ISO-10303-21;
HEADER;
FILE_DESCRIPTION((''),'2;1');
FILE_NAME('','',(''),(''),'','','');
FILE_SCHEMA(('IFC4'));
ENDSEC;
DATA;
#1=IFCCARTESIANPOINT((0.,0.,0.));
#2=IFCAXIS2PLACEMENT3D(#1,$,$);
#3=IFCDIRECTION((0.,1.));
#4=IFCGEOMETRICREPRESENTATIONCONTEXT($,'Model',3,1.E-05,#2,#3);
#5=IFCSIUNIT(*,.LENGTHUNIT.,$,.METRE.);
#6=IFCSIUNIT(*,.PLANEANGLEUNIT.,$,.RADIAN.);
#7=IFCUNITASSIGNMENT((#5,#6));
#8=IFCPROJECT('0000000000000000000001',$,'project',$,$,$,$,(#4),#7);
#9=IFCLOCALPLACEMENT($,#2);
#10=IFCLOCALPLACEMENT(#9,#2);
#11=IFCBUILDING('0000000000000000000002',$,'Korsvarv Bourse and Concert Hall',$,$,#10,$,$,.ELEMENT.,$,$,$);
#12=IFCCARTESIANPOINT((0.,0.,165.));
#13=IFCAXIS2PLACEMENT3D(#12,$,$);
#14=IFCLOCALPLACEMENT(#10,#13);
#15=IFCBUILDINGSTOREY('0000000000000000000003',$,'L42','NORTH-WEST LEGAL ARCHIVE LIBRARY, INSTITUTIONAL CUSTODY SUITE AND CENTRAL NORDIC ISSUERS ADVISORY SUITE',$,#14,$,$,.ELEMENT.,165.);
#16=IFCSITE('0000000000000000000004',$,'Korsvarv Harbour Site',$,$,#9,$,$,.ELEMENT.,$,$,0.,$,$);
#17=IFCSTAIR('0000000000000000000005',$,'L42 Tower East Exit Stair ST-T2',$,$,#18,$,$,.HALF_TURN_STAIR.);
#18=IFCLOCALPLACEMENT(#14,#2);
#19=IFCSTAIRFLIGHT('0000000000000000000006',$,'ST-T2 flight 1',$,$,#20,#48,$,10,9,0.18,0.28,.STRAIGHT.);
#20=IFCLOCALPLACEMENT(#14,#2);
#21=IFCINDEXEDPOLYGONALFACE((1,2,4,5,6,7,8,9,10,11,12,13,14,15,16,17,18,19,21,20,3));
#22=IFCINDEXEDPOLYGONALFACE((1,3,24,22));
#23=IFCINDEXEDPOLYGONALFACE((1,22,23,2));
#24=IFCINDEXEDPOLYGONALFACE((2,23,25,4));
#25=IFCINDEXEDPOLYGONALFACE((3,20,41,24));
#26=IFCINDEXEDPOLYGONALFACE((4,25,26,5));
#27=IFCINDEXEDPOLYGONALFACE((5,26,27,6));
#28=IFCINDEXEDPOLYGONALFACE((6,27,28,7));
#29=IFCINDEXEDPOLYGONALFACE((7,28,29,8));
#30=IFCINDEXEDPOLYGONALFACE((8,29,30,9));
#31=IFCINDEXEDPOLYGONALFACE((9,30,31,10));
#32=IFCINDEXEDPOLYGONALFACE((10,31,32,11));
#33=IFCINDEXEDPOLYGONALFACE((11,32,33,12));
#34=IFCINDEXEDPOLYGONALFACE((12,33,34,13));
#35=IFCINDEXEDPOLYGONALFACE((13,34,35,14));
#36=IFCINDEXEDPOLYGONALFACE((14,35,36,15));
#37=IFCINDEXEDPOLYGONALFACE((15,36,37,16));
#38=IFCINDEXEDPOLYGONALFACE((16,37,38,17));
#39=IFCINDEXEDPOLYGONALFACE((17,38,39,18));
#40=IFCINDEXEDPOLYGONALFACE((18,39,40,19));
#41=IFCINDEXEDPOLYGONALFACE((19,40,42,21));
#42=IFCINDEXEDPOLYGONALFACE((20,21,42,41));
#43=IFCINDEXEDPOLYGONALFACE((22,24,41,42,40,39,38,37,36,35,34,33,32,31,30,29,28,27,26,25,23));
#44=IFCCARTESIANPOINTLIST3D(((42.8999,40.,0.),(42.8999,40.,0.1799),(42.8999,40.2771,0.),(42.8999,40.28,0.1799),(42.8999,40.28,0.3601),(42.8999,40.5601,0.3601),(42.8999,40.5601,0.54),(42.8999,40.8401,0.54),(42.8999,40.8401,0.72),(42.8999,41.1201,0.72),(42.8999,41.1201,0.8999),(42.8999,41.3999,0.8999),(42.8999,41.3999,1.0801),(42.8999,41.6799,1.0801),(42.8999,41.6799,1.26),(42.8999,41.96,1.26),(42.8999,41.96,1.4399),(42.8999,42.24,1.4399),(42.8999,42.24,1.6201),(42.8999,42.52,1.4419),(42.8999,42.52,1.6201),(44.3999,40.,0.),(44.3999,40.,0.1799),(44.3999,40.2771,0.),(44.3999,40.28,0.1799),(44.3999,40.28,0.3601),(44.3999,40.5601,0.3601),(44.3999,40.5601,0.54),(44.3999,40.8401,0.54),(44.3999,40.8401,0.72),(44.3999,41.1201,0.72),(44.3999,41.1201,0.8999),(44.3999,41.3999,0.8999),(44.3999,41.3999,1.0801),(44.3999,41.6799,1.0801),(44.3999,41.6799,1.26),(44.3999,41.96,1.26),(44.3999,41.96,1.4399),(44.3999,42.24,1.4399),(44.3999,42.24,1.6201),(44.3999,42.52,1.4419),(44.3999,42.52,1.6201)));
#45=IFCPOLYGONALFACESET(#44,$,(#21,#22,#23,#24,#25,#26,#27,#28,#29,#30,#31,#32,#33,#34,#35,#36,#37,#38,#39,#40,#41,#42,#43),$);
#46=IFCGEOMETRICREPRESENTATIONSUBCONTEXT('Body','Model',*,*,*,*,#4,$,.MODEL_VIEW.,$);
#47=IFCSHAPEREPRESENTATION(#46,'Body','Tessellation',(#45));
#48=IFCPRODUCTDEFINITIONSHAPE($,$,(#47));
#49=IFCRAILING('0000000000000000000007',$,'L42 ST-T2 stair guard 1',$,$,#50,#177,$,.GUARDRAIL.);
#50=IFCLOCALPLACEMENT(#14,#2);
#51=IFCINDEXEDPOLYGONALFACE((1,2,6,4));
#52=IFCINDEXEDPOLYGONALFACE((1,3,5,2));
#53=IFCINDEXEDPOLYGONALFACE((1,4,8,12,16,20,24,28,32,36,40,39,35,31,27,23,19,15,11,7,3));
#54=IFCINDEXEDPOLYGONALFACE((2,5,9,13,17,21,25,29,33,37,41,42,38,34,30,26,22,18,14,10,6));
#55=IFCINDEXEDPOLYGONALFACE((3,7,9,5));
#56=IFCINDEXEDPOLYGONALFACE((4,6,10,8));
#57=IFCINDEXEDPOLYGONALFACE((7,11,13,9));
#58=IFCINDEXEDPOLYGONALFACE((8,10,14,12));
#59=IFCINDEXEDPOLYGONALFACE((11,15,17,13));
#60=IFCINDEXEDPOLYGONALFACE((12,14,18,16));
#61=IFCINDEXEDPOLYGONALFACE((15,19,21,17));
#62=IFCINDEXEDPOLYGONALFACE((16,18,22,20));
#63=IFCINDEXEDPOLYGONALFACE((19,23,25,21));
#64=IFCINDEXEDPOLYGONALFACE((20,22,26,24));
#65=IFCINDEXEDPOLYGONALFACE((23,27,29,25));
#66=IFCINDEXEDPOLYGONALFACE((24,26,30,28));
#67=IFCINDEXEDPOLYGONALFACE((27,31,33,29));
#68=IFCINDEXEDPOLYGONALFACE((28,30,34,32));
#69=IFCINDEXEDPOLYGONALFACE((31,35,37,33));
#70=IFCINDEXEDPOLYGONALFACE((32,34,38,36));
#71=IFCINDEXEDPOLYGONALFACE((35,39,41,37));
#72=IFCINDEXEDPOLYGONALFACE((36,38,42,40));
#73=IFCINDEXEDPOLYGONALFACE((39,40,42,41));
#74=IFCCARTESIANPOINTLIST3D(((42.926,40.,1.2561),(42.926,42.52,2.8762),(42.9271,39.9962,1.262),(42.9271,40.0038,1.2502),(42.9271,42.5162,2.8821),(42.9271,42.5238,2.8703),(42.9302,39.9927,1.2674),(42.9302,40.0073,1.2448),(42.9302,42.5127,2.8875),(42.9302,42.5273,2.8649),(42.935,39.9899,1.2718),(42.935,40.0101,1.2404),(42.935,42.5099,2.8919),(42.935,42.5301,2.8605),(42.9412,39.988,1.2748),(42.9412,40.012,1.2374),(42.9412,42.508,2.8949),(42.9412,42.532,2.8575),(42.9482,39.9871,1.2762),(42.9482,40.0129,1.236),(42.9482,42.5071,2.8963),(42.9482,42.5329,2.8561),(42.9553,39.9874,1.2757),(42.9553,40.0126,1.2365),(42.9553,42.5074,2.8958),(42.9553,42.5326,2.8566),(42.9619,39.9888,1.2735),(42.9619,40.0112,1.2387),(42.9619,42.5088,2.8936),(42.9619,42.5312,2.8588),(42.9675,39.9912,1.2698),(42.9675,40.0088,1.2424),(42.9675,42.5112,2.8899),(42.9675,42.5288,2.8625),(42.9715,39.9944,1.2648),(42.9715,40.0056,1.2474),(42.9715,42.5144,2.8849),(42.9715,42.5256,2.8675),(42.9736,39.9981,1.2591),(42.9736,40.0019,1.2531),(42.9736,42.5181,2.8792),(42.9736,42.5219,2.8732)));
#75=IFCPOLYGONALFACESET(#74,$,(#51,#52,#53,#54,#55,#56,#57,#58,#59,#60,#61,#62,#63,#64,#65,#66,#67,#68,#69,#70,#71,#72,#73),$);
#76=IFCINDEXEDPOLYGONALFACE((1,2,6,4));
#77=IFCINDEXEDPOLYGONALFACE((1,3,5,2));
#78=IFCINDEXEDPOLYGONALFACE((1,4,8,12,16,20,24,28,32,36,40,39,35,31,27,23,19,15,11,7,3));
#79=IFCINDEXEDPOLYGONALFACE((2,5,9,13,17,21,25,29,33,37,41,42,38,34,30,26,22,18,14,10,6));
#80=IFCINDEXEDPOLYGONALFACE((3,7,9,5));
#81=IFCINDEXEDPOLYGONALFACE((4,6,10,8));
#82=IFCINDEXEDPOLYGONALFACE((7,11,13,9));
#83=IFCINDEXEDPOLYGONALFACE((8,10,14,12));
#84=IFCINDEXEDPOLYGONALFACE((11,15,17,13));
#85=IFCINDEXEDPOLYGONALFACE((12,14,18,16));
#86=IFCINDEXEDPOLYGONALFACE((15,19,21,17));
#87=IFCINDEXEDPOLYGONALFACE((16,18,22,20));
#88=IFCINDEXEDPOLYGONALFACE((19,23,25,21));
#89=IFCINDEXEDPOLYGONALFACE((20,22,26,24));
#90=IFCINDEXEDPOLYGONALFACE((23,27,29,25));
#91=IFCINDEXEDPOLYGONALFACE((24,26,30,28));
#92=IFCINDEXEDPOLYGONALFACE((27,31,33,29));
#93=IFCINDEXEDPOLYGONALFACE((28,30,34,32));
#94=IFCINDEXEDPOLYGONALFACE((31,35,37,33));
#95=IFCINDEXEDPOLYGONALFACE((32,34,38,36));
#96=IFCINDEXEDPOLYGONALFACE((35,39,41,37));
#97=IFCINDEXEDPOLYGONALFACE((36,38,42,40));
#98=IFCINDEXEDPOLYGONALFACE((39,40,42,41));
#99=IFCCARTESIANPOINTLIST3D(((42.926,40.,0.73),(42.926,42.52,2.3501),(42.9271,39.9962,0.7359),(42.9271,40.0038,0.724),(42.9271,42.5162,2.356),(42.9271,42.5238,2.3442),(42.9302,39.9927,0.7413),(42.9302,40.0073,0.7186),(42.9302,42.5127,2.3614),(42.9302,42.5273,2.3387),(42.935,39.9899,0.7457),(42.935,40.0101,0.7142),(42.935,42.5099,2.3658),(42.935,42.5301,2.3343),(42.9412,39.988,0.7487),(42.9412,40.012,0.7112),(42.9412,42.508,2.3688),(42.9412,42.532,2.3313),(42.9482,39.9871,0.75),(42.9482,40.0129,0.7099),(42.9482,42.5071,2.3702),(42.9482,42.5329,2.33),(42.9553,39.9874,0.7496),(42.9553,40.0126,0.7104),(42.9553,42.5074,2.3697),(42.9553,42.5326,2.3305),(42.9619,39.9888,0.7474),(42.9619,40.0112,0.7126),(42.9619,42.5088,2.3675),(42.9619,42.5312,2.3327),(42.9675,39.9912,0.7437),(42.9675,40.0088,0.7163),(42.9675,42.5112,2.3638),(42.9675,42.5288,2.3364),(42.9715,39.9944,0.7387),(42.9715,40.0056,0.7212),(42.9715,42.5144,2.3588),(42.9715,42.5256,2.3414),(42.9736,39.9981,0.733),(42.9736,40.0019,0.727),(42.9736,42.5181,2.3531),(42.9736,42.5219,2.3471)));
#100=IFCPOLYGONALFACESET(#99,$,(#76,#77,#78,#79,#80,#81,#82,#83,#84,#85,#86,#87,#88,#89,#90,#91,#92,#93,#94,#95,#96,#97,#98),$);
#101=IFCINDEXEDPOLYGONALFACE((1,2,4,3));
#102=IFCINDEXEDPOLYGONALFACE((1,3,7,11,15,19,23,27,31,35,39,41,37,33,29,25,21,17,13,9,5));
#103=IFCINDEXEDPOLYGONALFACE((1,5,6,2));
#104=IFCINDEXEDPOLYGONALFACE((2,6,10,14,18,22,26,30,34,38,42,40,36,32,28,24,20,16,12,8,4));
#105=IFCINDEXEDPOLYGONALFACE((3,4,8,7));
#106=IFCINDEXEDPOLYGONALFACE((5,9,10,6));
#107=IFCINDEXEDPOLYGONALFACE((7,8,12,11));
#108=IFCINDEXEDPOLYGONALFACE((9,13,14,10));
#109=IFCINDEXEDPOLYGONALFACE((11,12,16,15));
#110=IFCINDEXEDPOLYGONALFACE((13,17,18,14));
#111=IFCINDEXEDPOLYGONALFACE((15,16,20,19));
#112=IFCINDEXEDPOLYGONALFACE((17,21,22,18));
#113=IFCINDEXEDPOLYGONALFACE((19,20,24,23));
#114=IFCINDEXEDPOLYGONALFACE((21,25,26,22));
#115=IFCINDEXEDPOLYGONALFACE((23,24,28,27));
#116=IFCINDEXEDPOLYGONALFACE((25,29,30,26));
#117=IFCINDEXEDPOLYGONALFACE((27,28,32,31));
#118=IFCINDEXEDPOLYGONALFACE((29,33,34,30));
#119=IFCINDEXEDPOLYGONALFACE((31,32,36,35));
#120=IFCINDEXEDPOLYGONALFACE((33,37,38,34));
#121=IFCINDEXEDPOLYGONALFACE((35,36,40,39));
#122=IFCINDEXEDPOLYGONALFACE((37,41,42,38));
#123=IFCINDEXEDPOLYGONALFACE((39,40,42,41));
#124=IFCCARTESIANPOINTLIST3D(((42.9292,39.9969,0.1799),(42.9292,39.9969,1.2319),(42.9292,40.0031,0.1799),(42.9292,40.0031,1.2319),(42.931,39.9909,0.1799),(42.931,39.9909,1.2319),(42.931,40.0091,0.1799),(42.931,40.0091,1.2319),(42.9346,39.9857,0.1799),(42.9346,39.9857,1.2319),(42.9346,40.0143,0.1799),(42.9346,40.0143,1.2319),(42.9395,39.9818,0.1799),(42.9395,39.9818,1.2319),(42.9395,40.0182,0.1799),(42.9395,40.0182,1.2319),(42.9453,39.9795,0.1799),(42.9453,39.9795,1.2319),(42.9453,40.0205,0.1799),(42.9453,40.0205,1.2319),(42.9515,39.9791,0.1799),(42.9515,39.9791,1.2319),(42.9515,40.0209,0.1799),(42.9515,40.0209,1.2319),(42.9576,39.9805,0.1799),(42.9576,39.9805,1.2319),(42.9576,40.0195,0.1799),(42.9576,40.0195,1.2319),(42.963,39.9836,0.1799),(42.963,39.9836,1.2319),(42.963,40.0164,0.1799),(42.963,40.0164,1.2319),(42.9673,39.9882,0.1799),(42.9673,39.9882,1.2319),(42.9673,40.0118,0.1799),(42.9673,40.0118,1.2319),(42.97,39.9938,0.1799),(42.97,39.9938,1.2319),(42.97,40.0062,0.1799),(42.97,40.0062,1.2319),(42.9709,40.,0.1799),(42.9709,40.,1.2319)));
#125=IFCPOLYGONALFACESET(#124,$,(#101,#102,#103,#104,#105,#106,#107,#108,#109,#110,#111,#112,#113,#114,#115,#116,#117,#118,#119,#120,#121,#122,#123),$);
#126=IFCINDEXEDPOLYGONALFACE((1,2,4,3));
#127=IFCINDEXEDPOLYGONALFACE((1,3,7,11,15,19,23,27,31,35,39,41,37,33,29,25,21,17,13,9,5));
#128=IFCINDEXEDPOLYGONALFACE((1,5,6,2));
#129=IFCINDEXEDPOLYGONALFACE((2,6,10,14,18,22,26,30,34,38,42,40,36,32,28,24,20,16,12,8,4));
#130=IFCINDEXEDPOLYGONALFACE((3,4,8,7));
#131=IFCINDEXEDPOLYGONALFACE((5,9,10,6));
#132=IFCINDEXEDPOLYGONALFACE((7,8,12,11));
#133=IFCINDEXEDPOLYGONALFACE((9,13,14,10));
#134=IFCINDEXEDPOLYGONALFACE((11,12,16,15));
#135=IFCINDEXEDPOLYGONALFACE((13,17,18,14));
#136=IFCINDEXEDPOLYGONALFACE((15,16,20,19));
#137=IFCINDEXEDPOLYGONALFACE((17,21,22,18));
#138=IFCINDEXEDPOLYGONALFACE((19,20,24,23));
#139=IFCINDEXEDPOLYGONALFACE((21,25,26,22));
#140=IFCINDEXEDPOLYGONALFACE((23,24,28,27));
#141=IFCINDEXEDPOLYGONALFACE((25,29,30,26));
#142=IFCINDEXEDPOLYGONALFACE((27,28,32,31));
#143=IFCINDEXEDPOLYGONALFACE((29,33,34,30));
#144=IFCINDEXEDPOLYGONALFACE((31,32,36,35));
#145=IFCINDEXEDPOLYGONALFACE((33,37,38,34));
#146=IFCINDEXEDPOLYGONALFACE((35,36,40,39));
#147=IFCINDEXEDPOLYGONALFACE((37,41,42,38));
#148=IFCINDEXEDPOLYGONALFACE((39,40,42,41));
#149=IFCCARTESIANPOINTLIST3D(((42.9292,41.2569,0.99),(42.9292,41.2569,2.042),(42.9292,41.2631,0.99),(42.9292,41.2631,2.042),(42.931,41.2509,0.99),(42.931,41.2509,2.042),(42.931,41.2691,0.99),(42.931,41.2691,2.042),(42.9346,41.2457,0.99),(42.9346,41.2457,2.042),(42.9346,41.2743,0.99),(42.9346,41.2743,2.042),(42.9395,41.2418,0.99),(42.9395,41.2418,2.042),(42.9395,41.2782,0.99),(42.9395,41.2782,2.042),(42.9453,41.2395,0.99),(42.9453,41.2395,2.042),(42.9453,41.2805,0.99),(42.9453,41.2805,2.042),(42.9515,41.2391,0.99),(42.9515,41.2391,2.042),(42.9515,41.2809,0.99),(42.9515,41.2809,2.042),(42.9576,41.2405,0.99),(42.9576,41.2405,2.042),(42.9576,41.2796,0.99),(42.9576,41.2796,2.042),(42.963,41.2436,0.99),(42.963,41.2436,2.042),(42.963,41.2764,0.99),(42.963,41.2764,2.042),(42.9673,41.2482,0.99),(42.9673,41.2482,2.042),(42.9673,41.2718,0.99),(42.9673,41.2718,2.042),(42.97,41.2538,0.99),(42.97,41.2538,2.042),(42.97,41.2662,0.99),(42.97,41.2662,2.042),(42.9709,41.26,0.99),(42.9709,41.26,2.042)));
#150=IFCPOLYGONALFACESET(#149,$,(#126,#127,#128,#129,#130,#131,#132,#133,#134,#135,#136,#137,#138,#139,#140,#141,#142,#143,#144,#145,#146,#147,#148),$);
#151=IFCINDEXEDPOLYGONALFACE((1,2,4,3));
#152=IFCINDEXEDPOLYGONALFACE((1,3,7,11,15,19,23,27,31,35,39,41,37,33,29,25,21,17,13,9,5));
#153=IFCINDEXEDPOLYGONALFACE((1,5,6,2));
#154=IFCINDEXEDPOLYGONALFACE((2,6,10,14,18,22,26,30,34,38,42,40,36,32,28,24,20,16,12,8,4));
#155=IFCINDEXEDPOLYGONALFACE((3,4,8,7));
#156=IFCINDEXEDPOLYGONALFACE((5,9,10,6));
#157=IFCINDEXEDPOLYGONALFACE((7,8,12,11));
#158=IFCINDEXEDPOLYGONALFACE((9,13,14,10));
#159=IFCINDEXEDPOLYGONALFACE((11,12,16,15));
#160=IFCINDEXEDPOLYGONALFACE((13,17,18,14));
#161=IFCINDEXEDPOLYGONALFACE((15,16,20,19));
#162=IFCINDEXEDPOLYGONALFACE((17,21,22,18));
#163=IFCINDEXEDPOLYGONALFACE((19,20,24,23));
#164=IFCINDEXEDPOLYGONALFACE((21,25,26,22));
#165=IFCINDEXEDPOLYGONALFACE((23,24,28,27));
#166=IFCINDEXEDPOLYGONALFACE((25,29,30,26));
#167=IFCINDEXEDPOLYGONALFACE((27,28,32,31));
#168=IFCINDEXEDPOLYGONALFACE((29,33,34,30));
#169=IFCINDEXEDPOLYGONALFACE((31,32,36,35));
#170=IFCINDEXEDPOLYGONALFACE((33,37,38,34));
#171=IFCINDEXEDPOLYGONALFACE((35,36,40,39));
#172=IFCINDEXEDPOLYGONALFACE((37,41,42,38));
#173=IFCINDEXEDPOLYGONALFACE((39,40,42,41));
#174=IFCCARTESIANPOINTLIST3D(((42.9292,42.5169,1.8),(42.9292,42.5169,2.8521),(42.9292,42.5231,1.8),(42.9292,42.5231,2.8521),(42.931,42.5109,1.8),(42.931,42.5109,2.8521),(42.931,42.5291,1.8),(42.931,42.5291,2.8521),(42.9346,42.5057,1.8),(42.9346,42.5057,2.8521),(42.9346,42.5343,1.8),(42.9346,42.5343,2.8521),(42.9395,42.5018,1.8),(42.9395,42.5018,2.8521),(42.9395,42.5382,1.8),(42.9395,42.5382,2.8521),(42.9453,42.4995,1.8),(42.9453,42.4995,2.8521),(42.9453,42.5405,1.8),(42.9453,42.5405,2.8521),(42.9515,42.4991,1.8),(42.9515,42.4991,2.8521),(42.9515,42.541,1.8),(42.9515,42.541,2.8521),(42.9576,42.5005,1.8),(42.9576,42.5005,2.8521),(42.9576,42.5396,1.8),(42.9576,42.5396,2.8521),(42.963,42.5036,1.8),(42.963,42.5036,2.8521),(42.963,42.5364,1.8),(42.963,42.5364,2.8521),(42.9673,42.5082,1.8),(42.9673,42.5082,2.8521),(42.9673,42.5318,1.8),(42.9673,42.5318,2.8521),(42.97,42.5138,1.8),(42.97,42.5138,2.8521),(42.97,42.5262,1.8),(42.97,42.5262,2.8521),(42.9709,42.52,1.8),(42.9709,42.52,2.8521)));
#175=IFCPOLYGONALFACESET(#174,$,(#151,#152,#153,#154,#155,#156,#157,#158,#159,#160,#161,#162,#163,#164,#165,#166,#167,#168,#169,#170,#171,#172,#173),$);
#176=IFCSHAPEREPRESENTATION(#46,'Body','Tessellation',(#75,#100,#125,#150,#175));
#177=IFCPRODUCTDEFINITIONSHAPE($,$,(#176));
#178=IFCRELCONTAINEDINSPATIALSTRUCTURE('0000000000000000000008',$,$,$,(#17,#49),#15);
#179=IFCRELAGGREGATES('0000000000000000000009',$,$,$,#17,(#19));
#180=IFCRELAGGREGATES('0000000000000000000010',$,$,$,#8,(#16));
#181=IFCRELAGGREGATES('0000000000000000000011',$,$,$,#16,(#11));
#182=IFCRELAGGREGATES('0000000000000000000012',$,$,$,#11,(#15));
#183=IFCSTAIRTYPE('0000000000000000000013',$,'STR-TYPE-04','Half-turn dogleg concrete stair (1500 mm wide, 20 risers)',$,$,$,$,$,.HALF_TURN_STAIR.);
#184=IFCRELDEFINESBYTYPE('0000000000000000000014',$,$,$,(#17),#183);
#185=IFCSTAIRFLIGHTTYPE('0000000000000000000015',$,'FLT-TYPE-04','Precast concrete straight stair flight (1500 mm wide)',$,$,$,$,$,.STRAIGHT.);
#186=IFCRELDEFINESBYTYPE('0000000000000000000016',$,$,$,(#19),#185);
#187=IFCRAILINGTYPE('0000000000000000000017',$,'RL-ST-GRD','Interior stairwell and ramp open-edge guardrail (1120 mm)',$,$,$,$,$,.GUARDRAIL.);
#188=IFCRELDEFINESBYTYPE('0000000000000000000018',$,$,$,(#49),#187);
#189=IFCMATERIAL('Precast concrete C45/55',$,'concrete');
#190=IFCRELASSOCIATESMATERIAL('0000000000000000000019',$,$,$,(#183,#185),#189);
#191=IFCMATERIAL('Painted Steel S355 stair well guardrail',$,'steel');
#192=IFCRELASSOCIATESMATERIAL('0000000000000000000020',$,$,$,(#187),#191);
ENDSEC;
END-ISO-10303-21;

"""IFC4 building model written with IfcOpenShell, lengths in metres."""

from ifc_helpers import new_model, si_unit, direction, frame, origin, origin_2d, place, context, subcontext, project, spatial, polyline, circle, outline, extrude, material, type_object, element, aggregate, save


model = new_model("IFC4")

# Units and contexts
model_context = context("Model", 3, precision=1e-05, world=origin(), true_north=direction((0.0, 1.0)))
body_context = subcontext(model_context, "Body", "Model", "MODEL_VIEW")
ifc_project = project(units=[si_unit("LENGTHUNIT", "METRE"), si_unit("PLANEANGLEUNIT", "RADIAN")], contexts=[model_context])

# Site, building, storey
site_placement = place(None, origin())
site = spatial("IfcSite", under=ifc_project, at=site_placement, Name="Korsvarv Harbour Site", CompositionType="ELEMENT", RefElevation=0.0)
building_placement = place(site_placement, origin())
building = spatial("IfcBuilding", under=site, at=building_placement, Name="Korsvarv Bourse and Concert Hall", CompositionType="ELEMENT")
storey_placement = place(building_placement, frame((0.0, 0.0, 165.0)))
storey = spatial("IfcBuildingStorey", under=building, at=storey_placement, Name="L42", Description="NORTH-WEST LEGAL ARCHIVE LIBRARY, INSTITUTIONAL CUSTODY SUITE AND CENTRAL NORDIC ISSUERS ADVISORY SUITE", CompositionType="ELEMENT", Elevation=165.0)

# Stair, stair flight
ifc_material_1 = material(Name="Precast concrete C45/55", Category="concrete")
stair_type = type_object("IfcStairType", Name="STR-TYPE-04", Description="Half-turn dogleg concrete stair (1500 mm wide, 20 risers)", PredefinedType="HALF_TURN_STAIR", material=ifc_material_1)
stair_placement = place(storey_placement, origin())
stair = element("IfcStair", 1, at=stair_placement, inside=storey, type_object=stair_type, Name="L42 Tower East Exit Stair ST-T2", PredefinedType="HALF_TURN_STAIR")
stair_flight_type = type_object("IfcStairFlightType", Name="FLT-TYPE-04", Description="Precast concrete straight stair flight (1500 mm wide)", PredefinedType="STRAIGHT", material=ifc_material_1)
stair_flight_placement = place(storey_placement, frame((43.6499, 40.0, 0.0), z_axis=(0.0, 0.0, 1.0), x_axis=(0.0, 1.0, 0.0)))
stair_flight = element("IfcStairFlight", 2, at=stair_flight_placement, type_object=stair_flight_type, Name="ST-T2 flight 1", NumberOfRisers=10, NumberOfTreads=9, PredefinedType="STRAIGHT", RiserHeight=0.18, TreadLength=0.28, context=body_context, shape_type="SweptSolid", body=[
    extrude(outline(polyline([(0.0, 0.0), (0.0, 0.1799), (0.28, 0.1799), (0.28, 0.3601), (0.5601, 0.3601), (0.5601, 0.54), (0.8401, 0.54), (0.8401, 0.72), (1.1201, 0.72), (1.1201, 0.8999), (1.3999, 0.8999), (1.3999, 1.0801), (1.6799, 1.0801), (1.6799, 1.26), (1.96, 1.26), (1.96, 1.4399), (2.24, 1.4399), (2.24, 1.6201), (2.52, 1.6201), (2.52, 1.8), (2.52, 1.4419), (0.2771, 0.0), (0.0, 0.0)])), frame((0.0, 0.75, 0.0), z_axis=(0.0, -1.0, 0.0), x_axis=(1.0, 0.0, 0.0)), (0.0, 0.0, 1.0), 1.5),
])
aggregate(stair, [stair_flight])

# Railing
ifc_material_2 = material(Name="Painted Steel S355 stair well guardrail", Category="steel")
railing_type = type_object("IfcRailingType", Name="RL-ST-GRD", Description="Interior stairwell and ramp open-edge guardrail (1120 mm)", PredefinedType="GUARDRAIL", material=ifc_material_2)
railing_1_placement = place(storey_placement, frame((42.95, 40.0, 0.1799)))
element("IfcRailing", 3, at=railing_1_placement, inside=storey, type_object=railing_type, Name="L42 ST-T2 stair guard 1", PredefinedType="GUARDRAIL", context=body_context, shape_type="SweptSolid", body=[
    extrude(circle(Radius=0.0239, at=origin_2d()), frame((0.0, 0.0, 1.0762), z_axis=(0.0, 0.841163, 0.540782), x_axis=(-1.0, 0.0, 0.0)), (0.0, 0.0, 1.0), 2.9958),
    extrude(circle(Radius=0.0239, at=origin_2d()), frame((0.0, 0.0, 0.55), z_axis=(0.0, 0.841163, 0.540782), x_axis=(-1.0, 0.0, 0.0)), (0.0, 0.0, 1.0), 2.9958),
    extrude(circle(Radius=0.021, at=origin_2d()), origin(), (0.0, 0.0, 1.0), 1.052),
    extrude(circle(Radius=0.021, at=origin_2d()), frame((0.0, 1.26, 0.8101)), (0.0, 0.0, 1.0), 1.052),
    extrude(circle(Radius=0.021, at=origin_2d()), frame((0.0, 2.52, 1.6201)), (0.0, 0.0, 1.0), 1.052),
])

save(model, "model.ifc")
